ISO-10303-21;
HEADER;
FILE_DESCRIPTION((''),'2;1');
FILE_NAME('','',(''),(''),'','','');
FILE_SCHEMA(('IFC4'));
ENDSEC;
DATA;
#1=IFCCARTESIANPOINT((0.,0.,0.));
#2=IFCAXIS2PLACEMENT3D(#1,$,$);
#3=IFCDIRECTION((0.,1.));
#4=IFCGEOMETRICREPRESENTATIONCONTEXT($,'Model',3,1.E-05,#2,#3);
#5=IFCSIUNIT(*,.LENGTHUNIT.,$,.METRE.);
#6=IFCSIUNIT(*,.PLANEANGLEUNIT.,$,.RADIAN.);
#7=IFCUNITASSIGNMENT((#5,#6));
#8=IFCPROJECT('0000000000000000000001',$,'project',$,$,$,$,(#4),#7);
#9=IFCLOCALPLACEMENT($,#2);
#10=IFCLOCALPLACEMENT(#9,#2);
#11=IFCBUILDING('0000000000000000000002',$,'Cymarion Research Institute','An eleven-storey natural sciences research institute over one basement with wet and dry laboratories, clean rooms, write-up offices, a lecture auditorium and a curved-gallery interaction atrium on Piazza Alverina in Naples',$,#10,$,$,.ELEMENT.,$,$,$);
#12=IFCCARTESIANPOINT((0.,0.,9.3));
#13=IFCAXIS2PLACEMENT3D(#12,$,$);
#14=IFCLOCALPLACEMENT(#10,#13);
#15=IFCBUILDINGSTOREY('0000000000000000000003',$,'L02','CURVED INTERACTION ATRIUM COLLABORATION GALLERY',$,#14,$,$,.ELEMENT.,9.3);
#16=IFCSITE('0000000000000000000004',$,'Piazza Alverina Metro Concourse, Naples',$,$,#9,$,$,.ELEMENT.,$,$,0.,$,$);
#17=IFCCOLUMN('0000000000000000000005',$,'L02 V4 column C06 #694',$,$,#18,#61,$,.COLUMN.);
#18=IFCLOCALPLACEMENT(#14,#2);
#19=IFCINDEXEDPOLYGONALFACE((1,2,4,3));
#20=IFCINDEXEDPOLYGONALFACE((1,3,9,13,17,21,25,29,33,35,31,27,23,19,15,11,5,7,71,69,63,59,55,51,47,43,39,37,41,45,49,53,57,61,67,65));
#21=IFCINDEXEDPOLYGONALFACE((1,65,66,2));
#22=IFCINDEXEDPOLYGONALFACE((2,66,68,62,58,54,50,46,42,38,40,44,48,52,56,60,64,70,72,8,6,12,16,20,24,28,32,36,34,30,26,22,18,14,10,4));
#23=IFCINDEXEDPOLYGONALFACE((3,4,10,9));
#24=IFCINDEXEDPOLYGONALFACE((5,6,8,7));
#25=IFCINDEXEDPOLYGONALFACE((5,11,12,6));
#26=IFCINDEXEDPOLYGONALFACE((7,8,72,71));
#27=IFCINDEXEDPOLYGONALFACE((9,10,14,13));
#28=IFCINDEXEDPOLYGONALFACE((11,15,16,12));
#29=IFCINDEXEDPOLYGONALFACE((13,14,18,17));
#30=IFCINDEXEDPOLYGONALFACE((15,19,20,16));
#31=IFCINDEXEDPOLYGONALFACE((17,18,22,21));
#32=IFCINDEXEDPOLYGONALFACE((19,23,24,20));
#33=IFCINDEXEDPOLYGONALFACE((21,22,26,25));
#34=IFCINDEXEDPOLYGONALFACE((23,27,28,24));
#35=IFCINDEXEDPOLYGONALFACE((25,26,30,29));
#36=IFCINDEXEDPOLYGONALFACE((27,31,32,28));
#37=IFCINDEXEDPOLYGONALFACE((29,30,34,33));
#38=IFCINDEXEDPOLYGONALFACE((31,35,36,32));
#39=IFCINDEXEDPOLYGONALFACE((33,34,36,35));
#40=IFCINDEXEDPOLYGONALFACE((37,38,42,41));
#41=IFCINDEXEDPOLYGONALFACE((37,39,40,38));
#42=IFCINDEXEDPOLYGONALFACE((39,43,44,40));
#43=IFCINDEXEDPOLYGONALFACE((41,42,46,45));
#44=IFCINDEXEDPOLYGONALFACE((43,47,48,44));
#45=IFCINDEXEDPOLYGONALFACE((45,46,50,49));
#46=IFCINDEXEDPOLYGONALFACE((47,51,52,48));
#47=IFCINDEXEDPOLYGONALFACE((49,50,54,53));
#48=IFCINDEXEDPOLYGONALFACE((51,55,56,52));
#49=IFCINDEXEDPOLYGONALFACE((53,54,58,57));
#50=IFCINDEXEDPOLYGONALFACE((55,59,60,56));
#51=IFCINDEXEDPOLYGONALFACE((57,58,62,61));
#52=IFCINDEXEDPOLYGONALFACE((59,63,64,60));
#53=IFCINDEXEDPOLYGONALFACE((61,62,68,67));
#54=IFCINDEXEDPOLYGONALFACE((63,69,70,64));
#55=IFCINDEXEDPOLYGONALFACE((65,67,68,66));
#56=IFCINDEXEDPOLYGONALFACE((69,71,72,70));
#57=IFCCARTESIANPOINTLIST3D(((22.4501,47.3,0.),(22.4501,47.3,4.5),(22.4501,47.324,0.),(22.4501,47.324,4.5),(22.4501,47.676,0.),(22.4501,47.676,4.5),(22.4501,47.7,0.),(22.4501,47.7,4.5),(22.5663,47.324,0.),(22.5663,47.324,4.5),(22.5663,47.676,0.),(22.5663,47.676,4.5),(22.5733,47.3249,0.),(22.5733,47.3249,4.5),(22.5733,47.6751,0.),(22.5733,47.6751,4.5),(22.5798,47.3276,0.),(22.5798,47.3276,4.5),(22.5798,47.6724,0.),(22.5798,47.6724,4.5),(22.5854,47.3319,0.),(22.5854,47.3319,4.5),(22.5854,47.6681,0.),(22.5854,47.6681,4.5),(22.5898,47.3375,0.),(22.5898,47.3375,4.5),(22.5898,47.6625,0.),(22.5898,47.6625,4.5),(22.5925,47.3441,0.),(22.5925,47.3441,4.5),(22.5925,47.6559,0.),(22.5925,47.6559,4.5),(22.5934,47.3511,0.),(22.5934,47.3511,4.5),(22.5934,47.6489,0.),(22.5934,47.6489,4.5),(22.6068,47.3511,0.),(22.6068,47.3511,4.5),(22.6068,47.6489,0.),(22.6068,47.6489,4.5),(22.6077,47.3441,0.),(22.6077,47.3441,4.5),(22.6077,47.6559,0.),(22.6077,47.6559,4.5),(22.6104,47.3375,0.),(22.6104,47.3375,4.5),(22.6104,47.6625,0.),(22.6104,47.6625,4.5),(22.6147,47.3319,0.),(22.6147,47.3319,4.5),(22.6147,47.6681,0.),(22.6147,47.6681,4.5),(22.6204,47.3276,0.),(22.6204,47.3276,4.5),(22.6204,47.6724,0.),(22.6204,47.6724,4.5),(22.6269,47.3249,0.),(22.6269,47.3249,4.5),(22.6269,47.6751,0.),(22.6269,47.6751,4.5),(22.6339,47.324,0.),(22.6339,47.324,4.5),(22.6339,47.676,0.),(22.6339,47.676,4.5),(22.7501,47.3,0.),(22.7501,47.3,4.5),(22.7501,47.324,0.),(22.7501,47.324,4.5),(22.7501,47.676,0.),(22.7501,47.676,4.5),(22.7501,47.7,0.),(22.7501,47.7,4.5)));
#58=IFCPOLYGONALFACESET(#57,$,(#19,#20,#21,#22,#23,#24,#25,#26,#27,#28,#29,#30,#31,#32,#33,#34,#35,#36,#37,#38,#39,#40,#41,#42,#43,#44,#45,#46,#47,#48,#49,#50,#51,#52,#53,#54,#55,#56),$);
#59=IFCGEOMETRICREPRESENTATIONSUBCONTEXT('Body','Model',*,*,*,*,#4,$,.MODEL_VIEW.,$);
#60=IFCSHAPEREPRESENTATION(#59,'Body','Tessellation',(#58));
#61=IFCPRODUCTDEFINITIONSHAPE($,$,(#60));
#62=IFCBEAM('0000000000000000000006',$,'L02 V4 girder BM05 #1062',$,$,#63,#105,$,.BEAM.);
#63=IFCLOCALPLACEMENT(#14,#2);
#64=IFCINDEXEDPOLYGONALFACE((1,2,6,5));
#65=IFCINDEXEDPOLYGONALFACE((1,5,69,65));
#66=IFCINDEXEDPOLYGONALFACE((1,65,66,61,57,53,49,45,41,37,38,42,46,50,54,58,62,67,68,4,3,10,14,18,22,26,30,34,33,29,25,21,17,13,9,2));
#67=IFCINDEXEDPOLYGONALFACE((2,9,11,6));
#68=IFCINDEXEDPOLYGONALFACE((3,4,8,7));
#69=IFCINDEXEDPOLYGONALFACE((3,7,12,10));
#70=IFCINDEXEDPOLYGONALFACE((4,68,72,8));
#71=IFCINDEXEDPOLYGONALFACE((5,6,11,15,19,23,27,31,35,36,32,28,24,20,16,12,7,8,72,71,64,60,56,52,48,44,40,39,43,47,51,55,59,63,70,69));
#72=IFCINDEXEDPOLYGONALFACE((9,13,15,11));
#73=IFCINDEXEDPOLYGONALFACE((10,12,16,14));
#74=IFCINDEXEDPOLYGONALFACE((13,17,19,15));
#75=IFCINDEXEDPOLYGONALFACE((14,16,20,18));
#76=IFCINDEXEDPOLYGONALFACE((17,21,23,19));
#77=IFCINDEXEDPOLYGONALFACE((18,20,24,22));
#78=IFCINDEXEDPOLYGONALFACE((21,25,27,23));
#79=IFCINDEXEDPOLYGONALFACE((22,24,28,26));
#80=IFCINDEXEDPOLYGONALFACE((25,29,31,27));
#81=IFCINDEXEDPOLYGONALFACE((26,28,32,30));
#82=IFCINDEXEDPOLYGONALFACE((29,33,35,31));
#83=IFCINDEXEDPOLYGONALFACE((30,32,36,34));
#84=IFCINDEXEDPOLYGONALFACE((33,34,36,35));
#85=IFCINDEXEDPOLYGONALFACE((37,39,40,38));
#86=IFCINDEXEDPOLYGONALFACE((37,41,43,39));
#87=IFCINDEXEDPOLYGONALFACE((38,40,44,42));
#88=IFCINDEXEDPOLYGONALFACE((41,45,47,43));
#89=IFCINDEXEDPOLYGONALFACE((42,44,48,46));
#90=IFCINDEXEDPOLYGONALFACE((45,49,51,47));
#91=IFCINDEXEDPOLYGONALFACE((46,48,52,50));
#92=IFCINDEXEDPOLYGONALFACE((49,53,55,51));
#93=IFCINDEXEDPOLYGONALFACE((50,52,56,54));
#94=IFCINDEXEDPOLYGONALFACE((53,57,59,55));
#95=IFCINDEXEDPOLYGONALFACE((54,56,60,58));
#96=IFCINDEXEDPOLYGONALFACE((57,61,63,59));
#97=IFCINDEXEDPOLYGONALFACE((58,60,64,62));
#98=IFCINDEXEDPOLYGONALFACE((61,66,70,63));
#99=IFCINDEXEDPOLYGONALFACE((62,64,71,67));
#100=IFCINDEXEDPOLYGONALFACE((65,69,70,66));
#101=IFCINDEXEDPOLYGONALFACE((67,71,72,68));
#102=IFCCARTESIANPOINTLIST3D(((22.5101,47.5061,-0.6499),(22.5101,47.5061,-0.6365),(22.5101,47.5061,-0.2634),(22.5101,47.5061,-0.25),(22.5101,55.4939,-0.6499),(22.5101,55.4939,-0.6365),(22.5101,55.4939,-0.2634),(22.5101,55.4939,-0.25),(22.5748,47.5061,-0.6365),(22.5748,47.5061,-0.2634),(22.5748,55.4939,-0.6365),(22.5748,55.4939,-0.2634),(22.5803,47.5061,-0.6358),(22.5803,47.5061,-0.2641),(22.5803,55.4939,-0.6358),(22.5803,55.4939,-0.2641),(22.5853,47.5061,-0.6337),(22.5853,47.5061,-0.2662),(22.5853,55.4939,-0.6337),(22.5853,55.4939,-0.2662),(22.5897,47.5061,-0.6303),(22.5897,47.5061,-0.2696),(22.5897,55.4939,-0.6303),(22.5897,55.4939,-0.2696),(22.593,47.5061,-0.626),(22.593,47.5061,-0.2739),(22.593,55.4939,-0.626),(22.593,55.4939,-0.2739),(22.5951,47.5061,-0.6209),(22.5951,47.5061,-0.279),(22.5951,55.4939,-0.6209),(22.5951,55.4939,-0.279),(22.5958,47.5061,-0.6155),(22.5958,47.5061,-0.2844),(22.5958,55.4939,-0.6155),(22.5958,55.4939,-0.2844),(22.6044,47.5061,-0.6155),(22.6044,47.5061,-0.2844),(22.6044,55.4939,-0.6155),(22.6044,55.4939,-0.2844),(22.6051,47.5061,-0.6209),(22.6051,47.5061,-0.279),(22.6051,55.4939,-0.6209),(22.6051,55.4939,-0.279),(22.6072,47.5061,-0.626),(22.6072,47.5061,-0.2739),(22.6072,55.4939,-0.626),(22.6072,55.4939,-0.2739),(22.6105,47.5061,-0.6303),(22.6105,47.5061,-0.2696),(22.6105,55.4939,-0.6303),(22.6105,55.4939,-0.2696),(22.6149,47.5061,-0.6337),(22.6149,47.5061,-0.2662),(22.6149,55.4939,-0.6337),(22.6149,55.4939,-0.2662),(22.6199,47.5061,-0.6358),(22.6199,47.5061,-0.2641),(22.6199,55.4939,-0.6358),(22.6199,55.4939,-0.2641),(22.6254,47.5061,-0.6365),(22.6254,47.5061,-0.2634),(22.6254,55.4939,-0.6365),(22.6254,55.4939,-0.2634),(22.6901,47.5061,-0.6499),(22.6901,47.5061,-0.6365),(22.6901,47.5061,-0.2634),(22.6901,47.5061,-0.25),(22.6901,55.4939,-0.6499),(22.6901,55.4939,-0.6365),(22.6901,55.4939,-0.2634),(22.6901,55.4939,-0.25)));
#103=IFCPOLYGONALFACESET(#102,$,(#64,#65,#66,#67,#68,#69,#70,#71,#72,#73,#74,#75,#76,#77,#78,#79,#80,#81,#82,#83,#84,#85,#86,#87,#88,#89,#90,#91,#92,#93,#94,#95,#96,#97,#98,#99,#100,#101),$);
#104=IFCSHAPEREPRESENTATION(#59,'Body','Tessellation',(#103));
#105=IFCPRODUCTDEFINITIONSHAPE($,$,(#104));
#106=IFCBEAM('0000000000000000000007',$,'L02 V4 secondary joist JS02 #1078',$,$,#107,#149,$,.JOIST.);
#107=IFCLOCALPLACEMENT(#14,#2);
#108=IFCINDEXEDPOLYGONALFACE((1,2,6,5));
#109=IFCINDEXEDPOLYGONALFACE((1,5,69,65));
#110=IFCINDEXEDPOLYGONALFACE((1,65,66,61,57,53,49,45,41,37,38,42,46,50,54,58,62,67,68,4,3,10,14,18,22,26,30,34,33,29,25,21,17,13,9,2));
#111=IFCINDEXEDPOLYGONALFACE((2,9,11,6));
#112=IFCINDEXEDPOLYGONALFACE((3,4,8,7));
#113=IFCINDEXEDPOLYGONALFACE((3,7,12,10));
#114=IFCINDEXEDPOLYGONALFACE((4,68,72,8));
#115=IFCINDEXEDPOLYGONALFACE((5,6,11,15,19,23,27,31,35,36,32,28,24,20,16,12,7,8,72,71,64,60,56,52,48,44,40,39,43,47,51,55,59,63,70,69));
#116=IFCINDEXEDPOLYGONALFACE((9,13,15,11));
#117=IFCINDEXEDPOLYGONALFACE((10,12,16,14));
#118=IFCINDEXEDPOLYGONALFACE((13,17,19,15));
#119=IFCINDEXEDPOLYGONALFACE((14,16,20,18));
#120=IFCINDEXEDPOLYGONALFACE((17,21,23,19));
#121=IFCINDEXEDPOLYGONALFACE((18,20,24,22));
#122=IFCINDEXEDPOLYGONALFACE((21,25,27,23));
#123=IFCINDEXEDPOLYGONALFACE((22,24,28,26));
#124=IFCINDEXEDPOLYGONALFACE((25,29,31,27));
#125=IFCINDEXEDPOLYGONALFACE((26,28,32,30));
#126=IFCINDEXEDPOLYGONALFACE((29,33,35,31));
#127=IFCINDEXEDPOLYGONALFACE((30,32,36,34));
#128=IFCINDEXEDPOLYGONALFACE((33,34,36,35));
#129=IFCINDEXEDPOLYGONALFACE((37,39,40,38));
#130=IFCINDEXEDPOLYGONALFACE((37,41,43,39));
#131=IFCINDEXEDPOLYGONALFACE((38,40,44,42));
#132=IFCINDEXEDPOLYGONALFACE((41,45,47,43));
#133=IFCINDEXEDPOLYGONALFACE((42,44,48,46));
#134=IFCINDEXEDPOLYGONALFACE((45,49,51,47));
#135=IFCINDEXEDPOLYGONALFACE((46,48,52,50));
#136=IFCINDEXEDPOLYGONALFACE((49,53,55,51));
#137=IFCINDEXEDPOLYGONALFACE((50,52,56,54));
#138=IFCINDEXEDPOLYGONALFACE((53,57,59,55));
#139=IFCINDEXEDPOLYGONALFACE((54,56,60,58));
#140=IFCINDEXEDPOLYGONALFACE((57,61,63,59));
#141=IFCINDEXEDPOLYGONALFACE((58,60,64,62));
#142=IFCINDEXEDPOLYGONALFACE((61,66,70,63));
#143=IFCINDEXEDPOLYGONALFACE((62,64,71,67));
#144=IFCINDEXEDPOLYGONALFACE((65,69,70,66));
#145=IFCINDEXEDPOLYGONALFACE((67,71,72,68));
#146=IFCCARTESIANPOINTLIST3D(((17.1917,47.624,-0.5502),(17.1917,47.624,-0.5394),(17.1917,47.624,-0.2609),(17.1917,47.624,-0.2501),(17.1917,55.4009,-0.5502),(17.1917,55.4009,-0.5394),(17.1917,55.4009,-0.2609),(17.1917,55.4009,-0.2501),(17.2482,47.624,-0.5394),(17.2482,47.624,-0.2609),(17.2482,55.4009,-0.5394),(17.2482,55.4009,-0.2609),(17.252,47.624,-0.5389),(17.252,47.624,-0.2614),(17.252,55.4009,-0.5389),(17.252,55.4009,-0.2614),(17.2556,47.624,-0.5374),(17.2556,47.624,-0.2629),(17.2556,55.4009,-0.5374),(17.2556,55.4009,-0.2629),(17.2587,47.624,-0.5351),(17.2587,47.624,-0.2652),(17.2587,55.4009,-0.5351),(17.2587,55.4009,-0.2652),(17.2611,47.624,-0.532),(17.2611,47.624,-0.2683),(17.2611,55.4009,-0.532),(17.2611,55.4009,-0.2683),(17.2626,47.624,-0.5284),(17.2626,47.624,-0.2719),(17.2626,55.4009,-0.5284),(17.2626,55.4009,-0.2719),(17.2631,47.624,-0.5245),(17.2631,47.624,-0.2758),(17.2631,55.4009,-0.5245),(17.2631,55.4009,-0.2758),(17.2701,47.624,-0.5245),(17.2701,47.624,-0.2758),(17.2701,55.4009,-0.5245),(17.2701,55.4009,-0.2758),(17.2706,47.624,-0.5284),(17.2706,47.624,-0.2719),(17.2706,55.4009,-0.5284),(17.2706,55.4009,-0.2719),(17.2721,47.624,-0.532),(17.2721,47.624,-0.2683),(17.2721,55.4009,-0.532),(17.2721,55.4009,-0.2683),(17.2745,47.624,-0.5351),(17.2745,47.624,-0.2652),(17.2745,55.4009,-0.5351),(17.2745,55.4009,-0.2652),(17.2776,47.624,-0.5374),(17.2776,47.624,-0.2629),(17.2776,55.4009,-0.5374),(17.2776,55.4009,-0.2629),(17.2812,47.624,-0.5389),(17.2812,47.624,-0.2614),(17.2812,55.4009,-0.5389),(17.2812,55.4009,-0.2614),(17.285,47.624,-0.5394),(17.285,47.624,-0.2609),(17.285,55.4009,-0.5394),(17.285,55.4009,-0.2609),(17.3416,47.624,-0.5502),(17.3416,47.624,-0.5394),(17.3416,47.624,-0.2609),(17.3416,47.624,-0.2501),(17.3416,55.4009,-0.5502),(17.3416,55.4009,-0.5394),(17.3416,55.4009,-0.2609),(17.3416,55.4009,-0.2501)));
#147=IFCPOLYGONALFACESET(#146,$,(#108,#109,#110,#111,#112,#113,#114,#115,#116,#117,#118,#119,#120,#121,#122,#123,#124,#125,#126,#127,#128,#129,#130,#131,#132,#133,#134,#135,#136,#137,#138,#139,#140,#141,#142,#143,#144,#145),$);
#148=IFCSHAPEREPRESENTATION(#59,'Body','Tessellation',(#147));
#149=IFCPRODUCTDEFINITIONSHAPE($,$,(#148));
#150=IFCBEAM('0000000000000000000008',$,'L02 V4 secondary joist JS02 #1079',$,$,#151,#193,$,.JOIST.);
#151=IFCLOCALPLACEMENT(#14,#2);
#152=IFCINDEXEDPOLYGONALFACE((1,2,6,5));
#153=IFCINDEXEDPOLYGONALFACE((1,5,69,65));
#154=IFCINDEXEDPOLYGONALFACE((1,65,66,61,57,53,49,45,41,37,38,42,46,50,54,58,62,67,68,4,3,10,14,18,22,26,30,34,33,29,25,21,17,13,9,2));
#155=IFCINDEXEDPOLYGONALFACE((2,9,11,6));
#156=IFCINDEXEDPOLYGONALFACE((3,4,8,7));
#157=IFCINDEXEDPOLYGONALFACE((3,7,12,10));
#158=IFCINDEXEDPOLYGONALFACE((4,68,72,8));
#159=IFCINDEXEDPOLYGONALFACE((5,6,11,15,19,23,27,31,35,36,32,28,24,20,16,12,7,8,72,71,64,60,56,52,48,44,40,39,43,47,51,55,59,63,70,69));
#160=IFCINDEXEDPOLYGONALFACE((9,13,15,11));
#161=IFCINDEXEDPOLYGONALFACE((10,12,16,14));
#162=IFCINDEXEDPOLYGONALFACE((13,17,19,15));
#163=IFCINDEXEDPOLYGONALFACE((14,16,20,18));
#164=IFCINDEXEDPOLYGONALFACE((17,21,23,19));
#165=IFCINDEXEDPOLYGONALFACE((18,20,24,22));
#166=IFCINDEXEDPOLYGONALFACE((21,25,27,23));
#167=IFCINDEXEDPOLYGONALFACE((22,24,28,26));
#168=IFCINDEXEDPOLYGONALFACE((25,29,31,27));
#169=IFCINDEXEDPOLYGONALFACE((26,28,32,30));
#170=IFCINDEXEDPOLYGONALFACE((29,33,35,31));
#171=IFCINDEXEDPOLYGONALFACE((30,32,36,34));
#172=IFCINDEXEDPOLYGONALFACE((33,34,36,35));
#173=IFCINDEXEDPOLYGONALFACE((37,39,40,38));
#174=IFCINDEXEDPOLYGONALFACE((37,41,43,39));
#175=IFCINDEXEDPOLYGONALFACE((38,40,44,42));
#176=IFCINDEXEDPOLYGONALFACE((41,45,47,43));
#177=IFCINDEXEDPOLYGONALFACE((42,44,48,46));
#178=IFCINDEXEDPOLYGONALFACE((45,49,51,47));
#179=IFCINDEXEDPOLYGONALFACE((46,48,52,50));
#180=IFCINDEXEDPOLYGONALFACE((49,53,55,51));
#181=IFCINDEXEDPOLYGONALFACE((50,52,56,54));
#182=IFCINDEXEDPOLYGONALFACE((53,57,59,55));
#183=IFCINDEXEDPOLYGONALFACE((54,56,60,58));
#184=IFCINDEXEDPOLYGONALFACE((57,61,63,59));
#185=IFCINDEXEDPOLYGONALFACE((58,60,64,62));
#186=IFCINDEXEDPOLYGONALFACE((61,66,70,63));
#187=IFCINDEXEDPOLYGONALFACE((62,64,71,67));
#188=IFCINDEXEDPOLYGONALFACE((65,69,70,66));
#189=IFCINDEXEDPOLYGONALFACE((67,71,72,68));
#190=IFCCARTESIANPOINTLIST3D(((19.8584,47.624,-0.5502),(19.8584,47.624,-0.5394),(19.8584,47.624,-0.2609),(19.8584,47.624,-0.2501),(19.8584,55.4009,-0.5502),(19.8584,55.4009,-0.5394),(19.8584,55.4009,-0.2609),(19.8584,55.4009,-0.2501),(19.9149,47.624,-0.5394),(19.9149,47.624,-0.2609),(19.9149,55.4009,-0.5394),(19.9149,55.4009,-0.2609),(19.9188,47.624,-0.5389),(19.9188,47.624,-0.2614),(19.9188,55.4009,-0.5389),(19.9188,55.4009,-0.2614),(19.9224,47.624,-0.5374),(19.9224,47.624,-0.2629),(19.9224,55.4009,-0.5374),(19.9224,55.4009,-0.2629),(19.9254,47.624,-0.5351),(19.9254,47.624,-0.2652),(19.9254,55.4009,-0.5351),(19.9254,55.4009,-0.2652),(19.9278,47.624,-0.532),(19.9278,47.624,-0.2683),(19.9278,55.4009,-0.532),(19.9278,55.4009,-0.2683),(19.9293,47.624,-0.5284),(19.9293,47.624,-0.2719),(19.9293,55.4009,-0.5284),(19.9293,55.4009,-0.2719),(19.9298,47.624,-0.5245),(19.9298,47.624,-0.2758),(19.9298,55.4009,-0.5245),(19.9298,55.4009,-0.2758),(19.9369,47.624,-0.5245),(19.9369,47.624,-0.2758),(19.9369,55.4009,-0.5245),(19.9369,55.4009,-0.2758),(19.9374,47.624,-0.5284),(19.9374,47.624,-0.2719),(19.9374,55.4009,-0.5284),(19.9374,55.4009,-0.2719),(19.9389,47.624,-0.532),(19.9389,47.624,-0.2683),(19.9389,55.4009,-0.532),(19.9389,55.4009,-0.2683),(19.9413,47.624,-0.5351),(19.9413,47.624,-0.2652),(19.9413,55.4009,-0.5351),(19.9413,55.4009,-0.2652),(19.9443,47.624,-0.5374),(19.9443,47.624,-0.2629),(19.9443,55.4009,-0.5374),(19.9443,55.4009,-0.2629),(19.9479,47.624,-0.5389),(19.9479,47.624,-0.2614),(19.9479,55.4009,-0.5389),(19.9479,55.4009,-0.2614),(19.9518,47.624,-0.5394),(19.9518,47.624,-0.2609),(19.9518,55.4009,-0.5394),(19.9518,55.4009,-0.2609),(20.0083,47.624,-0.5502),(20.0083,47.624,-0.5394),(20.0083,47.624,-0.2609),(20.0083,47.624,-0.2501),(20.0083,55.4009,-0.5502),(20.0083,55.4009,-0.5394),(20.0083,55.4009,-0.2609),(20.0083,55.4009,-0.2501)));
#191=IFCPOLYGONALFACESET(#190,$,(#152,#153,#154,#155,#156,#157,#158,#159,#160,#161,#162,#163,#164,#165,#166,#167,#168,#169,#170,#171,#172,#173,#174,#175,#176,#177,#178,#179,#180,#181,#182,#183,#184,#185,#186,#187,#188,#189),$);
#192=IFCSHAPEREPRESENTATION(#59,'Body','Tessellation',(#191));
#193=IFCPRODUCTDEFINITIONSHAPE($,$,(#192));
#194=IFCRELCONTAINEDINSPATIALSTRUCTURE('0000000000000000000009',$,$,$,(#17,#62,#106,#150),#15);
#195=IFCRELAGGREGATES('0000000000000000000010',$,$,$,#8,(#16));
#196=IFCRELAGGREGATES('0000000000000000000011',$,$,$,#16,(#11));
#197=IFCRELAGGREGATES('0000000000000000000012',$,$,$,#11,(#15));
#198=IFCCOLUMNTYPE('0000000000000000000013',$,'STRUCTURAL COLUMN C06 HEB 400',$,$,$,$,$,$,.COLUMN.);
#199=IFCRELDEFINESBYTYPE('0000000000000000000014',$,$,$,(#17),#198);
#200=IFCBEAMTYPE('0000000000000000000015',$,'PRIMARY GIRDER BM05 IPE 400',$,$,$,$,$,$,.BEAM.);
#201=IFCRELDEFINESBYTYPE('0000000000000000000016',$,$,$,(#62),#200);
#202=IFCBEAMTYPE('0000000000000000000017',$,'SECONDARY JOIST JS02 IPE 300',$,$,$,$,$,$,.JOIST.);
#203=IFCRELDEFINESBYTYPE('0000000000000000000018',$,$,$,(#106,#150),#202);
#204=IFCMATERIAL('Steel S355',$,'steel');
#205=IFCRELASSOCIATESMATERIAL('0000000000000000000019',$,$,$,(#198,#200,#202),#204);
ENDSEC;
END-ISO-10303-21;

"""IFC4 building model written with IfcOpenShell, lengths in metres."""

from ifc_helpers import new_model, si_unit, direction, frame, origin, origin_2d, place, context, subcontext, project, spatial, i_section, extrude, material, material_profile, profile_set, type_object, element, save


model = new_model("IFC4")

# Units and contexts
model_context = context("Model", 3, precision=1e-05, world=origin(), true_north=direction((0.0, 1.0)))
body_context = subcontext(model_context, "Body", "Model", "MODEL_VIEW")
ifc_project = project(units=[si_unit("LENGTHUNIT", "METRE"), si_unit("PLANEANGLEUNIT", "RADIAN")], contexts=[model_context])

# Site, building, storey
site_placement = place(None, origin())
site = spatial("IfcSite", under=ifc_project, at=site_placement, Name="Piazza Alverina Metro Concourse, Naples", CompositionType="ELEMENT", RefElevation=0.0)
building_placement = place(site_placement, origin())
building = spatial("IfcBuilding", under=site, at=building_placement, Name="Cymarion Research Institute", Description="An eleven-storey natural sciences research institute over one basement with wet and dry laboratories, clean rooms, write-up offices, a lecture auditorium and a curved-gallery interaction atrium on Piazza Alverina in Naples", CompositionType="ELEMENT")
storey_placement = place(building_placement, frame((0.0, 0.0, 9.3)))
storey = spatial("IfcBuildingStorey", under=building, at=storey_placement, Name="L02", Description="CURVED INTERACTION ATRIUM COLLABORATION GALLERY", CompositionType="ELEMENT", Elevation=9.3)

# Column
ifc_material_1 = material(Name="Steel S355", Category="steel")
ifc_material_profile_1 = material_profile(ifc_material_1, i_section(OverallWidth=0.3, OverallDepth=0.3999, WebThickness=0.0134, FlangeThickness=0.0239, FilletRadius=0.0271, at=origin_2d()), Name="HEB 400")
ifc_profile_set_1 = profile_set([ifc_material_profile_1], Name="Steel S355")
column_type = type_object("IfcColumnType", Name="STRUCTURAL COLUMN C06 HEB 400", PredefinedType="COLUMN", material=ifc_profile_set_1)
column_placement = place(storey_placement, frame((22.6001, 47.5, 0.0), z_axis=(0.0, 0.0, 1.0), x_axis=(1.0, 0.0, 0.0)))
element("IfcColumn", 1, at=column_placement, inside=storey, type_object=column_type, Name="L02 V4 column C06 #694", PredefinedType="COLUMN", context=body_context, shape_type="SweptSolid", body=[
    extrude(i_section(OverallWidth=0.3, OverallDepth=0.3999, WebThickness=0.0134, FlangeThickness=0.0239, FilletRadius=0.0271, at=origin_2d()), origin(), (0.0, 0.0, 1.0), 4.5),
])

# Beams
ifc_material_profile_2 = material_profile(ifc_material_1, i_section(OverallWidth=0.1799, OverallDepth=0.3999, WebThickness=0.0085, FlangeThickness=0.0134, FilletRadius=0.021, at=origin_2d()), Name="IPE 400")
ifc_profile_set_2 = profile_set([ifc_material_profile_2], Name="Steel S355")
beam_type_1 = type_object("IfcBeamType", Name="PRIMARY GIRDER BM05 IPE 400", PredefinedType="BEAM", material=ifc_profile_set_2)
beam_1_placement = place(storey_placement, frame((22.6001, 47.5061, -0.45), z_axis=(0.0, 1.0, 0.0), x_axis=(-1.0, 0.0, 0.0)))
element("IfcBeam", 2, at=beam_1_placement, inside=storey, type_object=beam_type_1, Name="L02 V4 girder BM05 #1062", PredefinedType="BEAM", context=body_context, shape_type="SweptSolid", body=[
    extrude(i_section(OverallWidth=0.1799, OverallDepth=0.3999, WebThickness=0.0085, FlangeThickness=0.0134, FilletRadius=0.021, at=origin_2d()), origin(), (0.0, 0.0, 1.0), 7.9878),
])
ifc_material_profile_3 = material_profile(ifc_material_1, i_section(OverallWidth=0.1499, OverallDepth=0.3, WebThickness=0.0071, FlangeThickness=0.0107, FilletRadius=0.0149, at=origin_2d()), Name="IPE 300")
ifc_profile_set_3 = profile_set([ifc_material_profile_3], Name="Steel S355")
beam_type_2 = type_object("IfcBeamType", Name="SECONDARY JOIST JS02 IPE 300", PredefinedType="JOIST", material=ifc_profile_set_3)
for number, where, z_axis, x_axis, name in (
    (3, (17.2666, 47.624, -0.4001), (0.0, 1.0, 0.0), (-1.0, 0.0, 0.0), "L02 V4 secondary joist JS02 #1078"),
    (4, (19.9333, 47.624, -0.4001), (0.0, 1.0, 0.0), (-1.0, 0.0, 0.0), "L02 V4 secondary joist JS02 #1079"),
):
    element("IfcBeam", number, at=place(storey_placement, frame(where, z_axis=z_axis, x_axis=x_axis)), inside=storey, type_object=beam_type_2, Name=name, PredefinedType="JOIST", context=body_context, shape_type="SweptSolid", body=[
        extrude(i_section(OverallWidth=0.1499, OverallDepth=0.3, WebThickness=0.0071, FlangeThickness=0.0107, FilletRadius=0.0149, at=origin_2d()), origin(), (0.0, 0.0, 1.0), 7.7769),
    ])

save(model, "model.ifc")
